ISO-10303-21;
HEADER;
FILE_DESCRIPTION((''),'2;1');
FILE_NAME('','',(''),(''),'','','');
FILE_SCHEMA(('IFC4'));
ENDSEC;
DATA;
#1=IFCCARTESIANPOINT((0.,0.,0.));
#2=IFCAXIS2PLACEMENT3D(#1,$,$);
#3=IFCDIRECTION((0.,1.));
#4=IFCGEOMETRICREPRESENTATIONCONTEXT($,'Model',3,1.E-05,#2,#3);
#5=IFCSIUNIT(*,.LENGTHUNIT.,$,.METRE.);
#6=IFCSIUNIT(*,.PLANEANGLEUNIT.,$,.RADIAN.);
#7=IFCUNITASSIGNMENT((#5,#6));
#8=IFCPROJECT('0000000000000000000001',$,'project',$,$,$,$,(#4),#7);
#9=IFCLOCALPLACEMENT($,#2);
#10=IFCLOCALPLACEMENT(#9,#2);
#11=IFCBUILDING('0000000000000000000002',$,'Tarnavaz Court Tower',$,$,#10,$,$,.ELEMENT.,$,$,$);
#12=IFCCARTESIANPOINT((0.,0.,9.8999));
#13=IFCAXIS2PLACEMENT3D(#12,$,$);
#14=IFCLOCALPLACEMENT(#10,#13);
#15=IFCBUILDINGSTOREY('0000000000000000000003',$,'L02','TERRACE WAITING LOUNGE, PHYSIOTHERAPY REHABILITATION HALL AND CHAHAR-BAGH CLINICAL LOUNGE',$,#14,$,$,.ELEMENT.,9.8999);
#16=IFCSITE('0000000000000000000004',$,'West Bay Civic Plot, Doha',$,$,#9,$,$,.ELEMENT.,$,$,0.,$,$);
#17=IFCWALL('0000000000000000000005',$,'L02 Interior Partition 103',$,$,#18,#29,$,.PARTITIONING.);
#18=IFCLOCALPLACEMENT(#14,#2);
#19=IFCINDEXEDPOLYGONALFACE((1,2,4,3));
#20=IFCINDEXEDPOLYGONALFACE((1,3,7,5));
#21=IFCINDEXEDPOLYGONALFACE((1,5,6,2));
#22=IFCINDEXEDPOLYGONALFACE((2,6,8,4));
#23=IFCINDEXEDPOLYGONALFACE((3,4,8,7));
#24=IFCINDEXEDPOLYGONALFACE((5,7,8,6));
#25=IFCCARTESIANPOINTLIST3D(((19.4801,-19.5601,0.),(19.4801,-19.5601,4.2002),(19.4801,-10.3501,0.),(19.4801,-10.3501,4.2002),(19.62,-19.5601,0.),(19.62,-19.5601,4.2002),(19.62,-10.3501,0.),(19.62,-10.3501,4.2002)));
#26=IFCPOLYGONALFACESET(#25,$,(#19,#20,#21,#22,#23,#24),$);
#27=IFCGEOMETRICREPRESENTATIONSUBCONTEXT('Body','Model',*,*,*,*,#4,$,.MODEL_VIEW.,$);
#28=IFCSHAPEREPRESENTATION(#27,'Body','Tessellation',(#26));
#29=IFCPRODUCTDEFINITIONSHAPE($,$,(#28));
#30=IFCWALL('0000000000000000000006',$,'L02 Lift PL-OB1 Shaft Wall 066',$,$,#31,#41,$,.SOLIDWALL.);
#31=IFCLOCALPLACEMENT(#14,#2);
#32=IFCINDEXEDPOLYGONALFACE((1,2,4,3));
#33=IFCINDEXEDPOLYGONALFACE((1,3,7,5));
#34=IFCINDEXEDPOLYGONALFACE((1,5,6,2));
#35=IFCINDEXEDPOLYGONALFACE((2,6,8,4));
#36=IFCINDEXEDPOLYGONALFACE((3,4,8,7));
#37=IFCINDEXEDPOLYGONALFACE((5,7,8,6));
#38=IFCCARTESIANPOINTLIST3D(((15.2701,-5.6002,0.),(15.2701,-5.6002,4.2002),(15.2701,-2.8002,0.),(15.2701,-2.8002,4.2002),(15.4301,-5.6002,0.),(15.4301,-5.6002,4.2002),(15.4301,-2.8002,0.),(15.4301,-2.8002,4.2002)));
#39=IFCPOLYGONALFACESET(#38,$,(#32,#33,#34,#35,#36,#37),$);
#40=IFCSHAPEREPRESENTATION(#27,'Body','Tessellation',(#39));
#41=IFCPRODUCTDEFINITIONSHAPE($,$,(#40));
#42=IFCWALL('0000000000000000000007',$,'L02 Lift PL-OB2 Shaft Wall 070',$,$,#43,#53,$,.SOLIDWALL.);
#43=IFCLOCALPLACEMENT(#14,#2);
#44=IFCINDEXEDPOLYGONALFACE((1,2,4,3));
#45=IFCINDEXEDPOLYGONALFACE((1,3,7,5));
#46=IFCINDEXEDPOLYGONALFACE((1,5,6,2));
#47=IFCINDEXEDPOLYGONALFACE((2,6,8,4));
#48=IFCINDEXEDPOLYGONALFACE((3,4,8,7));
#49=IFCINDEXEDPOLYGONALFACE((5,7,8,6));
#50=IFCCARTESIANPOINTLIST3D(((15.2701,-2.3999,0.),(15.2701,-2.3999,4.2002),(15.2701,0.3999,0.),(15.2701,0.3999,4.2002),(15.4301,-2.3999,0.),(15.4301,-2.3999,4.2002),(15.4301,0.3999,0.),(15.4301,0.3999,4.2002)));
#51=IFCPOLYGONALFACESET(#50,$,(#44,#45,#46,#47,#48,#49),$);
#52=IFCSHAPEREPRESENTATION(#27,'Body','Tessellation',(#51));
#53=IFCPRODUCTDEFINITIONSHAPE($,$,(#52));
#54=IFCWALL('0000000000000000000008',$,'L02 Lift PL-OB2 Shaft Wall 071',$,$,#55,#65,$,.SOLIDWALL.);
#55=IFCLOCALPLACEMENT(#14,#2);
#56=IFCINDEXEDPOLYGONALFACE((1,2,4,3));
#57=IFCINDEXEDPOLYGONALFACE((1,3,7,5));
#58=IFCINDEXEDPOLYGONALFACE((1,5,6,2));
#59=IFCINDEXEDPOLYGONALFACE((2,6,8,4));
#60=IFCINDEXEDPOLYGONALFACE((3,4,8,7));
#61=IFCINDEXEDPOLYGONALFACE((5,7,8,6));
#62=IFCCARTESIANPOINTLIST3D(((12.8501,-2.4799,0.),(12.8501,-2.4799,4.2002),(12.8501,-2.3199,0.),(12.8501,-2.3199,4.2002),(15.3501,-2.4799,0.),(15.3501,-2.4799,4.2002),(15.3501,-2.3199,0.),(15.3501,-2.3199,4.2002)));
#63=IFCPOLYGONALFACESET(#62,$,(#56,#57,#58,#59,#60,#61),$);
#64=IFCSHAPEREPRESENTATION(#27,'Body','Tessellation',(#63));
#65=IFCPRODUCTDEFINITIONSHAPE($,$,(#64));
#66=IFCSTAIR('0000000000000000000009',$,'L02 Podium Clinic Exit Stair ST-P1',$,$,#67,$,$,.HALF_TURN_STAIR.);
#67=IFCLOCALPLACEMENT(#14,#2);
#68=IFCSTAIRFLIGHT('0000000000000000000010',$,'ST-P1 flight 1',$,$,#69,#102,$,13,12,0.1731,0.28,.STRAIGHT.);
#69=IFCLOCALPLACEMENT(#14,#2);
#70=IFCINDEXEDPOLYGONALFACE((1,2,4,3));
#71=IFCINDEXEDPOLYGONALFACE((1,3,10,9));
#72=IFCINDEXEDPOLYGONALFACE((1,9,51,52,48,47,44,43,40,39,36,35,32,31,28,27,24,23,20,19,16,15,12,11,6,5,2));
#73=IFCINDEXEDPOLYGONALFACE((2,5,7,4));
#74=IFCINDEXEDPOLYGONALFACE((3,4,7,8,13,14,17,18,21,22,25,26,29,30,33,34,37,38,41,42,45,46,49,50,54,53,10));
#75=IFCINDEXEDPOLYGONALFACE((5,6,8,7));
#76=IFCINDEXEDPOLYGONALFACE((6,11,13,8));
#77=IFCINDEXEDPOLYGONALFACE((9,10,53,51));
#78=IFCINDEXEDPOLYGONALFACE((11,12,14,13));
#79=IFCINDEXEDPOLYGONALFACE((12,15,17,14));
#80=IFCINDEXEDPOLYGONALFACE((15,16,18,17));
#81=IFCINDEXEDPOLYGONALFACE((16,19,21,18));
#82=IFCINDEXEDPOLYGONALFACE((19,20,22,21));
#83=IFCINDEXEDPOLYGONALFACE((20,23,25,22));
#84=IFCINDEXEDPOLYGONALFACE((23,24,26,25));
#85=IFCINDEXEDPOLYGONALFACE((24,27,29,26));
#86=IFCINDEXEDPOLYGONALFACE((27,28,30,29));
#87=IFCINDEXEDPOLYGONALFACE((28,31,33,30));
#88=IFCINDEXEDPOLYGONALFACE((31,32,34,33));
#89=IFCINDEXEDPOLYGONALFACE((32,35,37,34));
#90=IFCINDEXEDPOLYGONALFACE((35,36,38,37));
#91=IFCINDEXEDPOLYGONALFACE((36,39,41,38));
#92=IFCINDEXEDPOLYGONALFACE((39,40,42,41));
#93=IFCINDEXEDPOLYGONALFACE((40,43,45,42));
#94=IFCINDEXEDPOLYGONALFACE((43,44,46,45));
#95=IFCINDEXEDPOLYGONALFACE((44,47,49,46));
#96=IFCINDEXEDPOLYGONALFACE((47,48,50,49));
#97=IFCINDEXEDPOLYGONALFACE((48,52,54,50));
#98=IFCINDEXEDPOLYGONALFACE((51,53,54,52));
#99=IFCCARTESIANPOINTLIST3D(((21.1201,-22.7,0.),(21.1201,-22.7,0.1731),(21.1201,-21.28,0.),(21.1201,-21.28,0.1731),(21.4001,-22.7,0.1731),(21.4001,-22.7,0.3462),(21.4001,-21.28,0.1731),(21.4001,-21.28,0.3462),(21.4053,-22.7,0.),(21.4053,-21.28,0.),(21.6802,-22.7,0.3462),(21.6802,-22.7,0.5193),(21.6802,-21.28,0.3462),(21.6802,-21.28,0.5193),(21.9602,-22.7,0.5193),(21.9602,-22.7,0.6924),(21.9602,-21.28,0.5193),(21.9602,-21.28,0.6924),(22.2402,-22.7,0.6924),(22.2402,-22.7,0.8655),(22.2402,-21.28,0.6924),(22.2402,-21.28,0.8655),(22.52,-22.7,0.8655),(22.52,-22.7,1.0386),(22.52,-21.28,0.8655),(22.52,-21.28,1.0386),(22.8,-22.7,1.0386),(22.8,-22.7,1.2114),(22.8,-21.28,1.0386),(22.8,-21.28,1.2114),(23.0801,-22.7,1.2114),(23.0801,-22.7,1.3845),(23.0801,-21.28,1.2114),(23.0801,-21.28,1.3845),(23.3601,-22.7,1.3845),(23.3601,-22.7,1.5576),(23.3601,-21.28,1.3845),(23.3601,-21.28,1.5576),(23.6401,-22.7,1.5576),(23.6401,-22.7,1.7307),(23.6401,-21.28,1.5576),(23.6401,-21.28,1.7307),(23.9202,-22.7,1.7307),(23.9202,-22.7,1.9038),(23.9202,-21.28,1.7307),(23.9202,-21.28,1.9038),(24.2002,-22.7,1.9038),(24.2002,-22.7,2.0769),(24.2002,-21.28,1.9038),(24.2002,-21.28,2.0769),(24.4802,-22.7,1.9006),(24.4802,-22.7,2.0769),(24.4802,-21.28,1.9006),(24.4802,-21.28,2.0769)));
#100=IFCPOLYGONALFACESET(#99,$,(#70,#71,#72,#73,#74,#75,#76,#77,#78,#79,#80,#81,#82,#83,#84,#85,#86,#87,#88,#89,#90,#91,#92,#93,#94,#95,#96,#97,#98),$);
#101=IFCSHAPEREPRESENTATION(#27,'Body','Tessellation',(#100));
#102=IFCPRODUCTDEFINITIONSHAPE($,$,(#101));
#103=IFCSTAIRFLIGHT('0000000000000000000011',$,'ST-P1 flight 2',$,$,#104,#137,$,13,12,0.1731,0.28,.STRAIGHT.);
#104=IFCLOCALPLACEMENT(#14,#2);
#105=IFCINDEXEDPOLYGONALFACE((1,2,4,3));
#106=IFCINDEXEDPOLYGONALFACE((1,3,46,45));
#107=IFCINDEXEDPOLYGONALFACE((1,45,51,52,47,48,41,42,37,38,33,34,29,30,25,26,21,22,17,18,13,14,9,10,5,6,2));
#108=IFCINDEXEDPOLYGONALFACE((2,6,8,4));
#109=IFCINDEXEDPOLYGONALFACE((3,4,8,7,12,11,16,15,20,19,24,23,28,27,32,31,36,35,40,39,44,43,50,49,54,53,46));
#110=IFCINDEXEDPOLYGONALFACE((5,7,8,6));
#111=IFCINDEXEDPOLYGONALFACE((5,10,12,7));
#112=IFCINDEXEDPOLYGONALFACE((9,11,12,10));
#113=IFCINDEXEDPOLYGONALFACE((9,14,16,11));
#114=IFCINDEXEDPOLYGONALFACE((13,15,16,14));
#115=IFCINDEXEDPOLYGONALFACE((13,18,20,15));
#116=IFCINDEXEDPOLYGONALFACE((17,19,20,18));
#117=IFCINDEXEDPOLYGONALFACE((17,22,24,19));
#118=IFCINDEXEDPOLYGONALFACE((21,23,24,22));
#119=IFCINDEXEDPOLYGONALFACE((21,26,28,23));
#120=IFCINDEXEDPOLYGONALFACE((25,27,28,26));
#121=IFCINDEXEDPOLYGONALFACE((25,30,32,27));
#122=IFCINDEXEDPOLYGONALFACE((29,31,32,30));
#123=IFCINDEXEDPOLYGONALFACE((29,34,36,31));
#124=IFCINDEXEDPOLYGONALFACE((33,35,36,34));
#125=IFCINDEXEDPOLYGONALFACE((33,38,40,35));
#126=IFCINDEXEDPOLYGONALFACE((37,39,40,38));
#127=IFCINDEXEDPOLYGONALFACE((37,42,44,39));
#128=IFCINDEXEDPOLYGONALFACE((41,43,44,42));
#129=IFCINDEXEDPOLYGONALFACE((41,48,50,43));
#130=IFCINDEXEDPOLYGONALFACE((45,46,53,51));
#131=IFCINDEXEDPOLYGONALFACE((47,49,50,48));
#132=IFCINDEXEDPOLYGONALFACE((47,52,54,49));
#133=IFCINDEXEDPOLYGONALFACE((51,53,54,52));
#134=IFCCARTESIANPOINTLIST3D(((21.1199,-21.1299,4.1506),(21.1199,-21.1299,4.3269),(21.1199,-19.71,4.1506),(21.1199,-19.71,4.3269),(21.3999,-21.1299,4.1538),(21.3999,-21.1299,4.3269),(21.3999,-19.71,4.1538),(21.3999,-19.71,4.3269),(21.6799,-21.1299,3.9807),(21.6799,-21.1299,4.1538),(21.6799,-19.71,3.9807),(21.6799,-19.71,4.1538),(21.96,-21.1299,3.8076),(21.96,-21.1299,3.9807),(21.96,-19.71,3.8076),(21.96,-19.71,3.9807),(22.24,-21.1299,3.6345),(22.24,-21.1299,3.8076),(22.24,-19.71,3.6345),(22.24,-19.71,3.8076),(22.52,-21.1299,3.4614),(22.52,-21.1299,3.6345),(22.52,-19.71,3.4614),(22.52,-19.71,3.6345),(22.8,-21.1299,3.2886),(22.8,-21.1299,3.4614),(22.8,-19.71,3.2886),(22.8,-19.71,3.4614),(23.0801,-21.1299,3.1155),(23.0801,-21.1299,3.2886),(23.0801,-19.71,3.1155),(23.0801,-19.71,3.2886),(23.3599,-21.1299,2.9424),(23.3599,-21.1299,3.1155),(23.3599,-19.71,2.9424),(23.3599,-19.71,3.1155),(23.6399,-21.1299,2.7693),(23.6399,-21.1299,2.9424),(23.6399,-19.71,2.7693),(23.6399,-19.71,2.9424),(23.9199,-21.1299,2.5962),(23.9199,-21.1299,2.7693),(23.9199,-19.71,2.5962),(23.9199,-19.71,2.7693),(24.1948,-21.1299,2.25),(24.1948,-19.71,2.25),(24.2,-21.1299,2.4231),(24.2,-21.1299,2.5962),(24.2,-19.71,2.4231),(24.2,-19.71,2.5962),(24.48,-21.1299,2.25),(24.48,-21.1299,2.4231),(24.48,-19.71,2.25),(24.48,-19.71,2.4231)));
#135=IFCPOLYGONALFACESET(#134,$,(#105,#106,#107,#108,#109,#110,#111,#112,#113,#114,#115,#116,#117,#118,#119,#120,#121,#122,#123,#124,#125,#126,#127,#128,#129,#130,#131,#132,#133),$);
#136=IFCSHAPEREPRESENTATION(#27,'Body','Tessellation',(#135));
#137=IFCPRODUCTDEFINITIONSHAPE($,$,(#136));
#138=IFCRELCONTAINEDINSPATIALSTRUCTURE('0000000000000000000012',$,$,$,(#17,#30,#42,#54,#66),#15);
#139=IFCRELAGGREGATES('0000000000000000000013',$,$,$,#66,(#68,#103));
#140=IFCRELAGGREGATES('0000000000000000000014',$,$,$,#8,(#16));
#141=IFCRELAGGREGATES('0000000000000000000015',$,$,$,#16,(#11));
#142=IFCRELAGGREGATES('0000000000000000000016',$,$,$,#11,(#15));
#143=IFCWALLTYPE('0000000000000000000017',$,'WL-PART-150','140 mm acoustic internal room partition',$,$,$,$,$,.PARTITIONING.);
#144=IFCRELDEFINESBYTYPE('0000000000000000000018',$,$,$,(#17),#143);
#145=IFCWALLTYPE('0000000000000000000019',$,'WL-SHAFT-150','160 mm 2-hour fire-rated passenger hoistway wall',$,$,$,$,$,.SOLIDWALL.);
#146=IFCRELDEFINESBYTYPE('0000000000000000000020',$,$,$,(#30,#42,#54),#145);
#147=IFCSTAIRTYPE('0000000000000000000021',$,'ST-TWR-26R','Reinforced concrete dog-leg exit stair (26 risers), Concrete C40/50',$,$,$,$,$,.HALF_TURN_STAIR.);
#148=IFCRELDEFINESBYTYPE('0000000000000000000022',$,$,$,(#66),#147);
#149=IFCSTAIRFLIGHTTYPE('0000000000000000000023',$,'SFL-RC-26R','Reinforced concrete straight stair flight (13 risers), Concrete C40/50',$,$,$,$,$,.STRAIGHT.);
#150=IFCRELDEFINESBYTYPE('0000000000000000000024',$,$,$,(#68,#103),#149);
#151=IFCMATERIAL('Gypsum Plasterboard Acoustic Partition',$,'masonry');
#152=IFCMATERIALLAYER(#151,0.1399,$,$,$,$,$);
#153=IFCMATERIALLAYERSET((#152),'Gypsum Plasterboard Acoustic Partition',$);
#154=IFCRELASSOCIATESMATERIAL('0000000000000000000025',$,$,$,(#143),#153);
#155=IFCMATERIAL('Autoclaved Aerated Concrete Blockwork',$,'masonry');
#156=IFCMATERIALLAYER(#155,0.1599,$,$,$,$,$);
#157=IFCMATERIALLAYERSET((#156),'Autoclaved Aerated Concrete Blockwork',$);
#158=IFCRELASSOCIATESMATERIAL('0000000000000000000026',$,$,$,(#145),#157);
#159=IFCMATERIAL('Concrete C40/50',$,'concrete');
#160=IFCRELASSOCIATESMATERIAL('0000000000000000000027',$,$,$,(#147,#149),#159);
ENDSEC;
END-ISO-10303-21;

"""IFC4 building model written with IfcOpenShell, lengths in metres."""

from ifc_helpers import new_model, si_unit, direction, frame, frame_2d, origin, place, context, subcontext, project, spatial, polyline, rectangle, outline, extrude, material, layer, layer_set, type_object, element, aggregate, save


model = new_model("IFC4")

# Units and contexts
model_context = context("Model", 3, precision=1e-05, world=origin(), true_north=direction((0.0, 1.0)))
body_context = subcontext(model_context, "Body", "Model", "MODEL_VIEW")
ifc_project = project(units=[si_unit("LENGTHUNIT", "METRE"), si_unit("PLANEANGLEUNIT", "RADIAN")], contexts=[model_context])

# Site, building, storey
site_placement = place(None, origin())
site = spatial("IfcSite", under=ifc_project, at=site_placement, Name="West Bay Civic Plot, Doha", CompositionType="ELEMENT", RefElevation=0.0)
building_placement = place(site_placement, origin())
building = spatial("IfcBuilding", under=site, at=building_placement, Name="Tarnavaz Court Tower", CompositionType="ELEMENT")
storey_placement = place(building_placement, frame((0.0, 0.0, 9.8999)))
storey = spatial("IfcBuildingStorey", under=building, at=storey_placement, Name="L02", Description="TERRACE WAITING LOUNGE, PHYSIOTHERAPY REHABILITATION HALL AND CHAHAR-BAGH CLINICAL LOUNGE", CompositionType="ELEMENT", Elevation=9.8999)

# Shared definitions
ifc_material_1 = material(Name="Gypsum Plasterboard Acoustic Partition", Category="masonry")
ifc_layer_1 = layer(ifc_material_1, 0.1399)
ifc_layer_set_1 = layer_set([ifc_layer_1], Name="Gypsum Plasterboard Acoustic Partition")
wall_type_1 = type_object("IfcWallType", Name="WL-PART-150", Description="140 mm acoustic internal room partition", PredefinedType="PARTITIONING", material=ifc_layer_set_1)

# Walls
wall_1_placement = place(storey_placement, frame((19.55, -19.5601, 0.0), z_axis=(0.0, 0.0, 1.0), x_axis=(0.0, 1.0, 0.0)))
element("IfcWall", 1, at=wall_1_placement, inside=storey, type_object=wall_type_1, Name="L02 Interior Partition 103", PredefinedType="PARTITIONING", context=body_context, shape_type="SweptSolid", body=[
    extrude(rectangle(XDim=9.21, YDim=0.1399, at=frame_2d((4.605, 0.0))), origin(), (0.0, 0.0, 1.0), 4.2002),
])
ifc_material_2 = material(Name="Autoclaved Aerated Concrete Blockwork", Category="masonry")
ifc_layer_2 = layer(ifc_material_2, 0.1599)
ifc_layer_set_2 = layer_set([ifc_layer_2], Name="Autoclaved Aerated Concrete Blockwork")
wall_type_2 = type_object("IfcWallType", Name="WL-SHAFT-150", Description="160 mm 2-hour fire-rated passenger hoistway wall", PredefinedType="SOLIDWALL", material=ifc_layer_set_2)
wall_2_placement = place(storey_placement, frame((15.3501, -5.6001, 0.0), z_axis=(0.0, 0.0, 1.0), x_axis=(0.0, 1.0, 0.0)))
element("IfcWall", 2, at=wall_2_placement, inside=storey, type_object=wall_type_2, Name="L02 Lift PL-OB1 Shaft Wall 066", PredefinedType="SOLIDWALL", context=body_context, shape_type="SweptSolid", body=[
    extrude(rectangle(XDim=2.8, YDim=0.1599, at=frame_2d((1.3999, 0.0))), origin(), (0.0, 0.0, 1.0), 4.2002),
])
wall_3_placement = place(storey_placement, frame((15.3501, -2.3999, 0.0), z_axis=(0.0, 0.0, 1.0), x_axis=(0.0, 1.0, 0.0)))
element("IfcWall", 3, at=wall_3_placement, inside=storey, type_object=wall_type_2, Name="L02 Lift PL-OB2 Shaft Wall 070", PredefinedType="SOLIDWALL", context=body_context, shape_type="SweptSolid", body=[
    extrude(rectangle(XDim=2.7998, YDim=0.1599, at=frame_2d((1.3999, 0.0))), origin(), (0.0, 0.0, 1.0), 4.2002),
])
wall_4_placement = place(storey_placement, frame((12.8501, -2.3999, 0.0), z_axis=(0.0, 0.0, 1.0), x_axis=(1.0, 0.0, 0.0)))
element("IfcWall", 4, at=wall_4_placement, inside=storey, type_object=wall_type_2, Name="L02 Lift PL-OB2 Shaft Wall 071", PredefinedType="SOLIDWALL", context=body_context, shape_type="SweptSolid", body=[
    extrude(rectangle(XDim=2.5, YDim=0.1599, at=frame_2d((1.25, 0.0))), origin(), (0.0, 0.0, 1.0), 4.2002),
])

# Stair, stair flights
ifc_material_3 = material(Name="Concrete C40/50", Category="concrete")
stair_type = type_object("IfcStairType", Name="ST-TWR-26R", Description="Reinforced concrete dog-leg exit stair (26 risers), Concrete C40/50", PredefinedType="HALF_TURN_STAIR", material=ifc_material_3)
stair_placement = place(storey_placement, origin())
stair = element("IfcStair", 5, at=stair_placement, inside=storey, type_object=stair_type, Name="L02 Podium Clinic Exit Stair ST-P1", PredefinedType="HALF_TURN_STAIR")
stair_flight_type = type_object("IfcStairFlightType", Name="SFL-RC-26R", Description="Reinforced concrete straight stair flight (13 risers), Concrete C40/50", PredefinedType="STRAIGHT", material=ifc_material_3)
stair_flight_1_placement = place(storey_placement, frame((21.1201, -21.99, 0.0), z_axis=(0.0, 0.0, 1.0), x_axis=(1.0, 0.0, 0.0)))
stair_flight_1 = element("IfcStairFlight", 6, at=stair_flight_1_placement, type_object=stair_flight_type, Name="ST-P1 flight 1", NumberOfRisers=13, NumberOfTreads=12, PredefinedType="STRAIGHT", RiserHeight=0.1731, TreadLength=0.28, context=body_context, shape_type="SweptSolid", body=[
    extrude(outline(polyline([(0.0, 0.0), (0.0, 0.1731), (0.28, 0.1731), (0.28, 0.3462), (0.5601, 0.3462), (0.5601, 0.5193), (0.8401, 0.5193), (0.8401, 0.6924), (1.1201, 0.6924), (1.1201, 0.8655), (1.3999, 0.8655), (1.3999, 1.0386), (1.6799, 1.0386), (1.6799, 1.2114), (1.96, 1.2114), (1.96, 1.3845), (2.24, 1.3845), (2.24, 1.5576), (2.52, 1.5576), (2.52, 1.7307), (2.8, 1.7307), (2.8, 1.9038), (3.0801, 1.9038), (3.0801, 2.0769), (3.3601, 2.0769), (3.3601, 2.25), (3.3601, 1.9006), (0.2852, 0.0), (0.0, 0.0)])), frame((0.0, 0.71, 0.0), z_axis=(0.0, -1.0, 0.0), x_axis=(1.0, 0.0, 0.0)), (0.0, 0.0, 1.0), 1.4199),
])
stair_flight_2_placement = place(storey_placement, frame((24.48, -20.4199, 2.25), z_axis=(0.0, 0.0, 1.0), x_axis=(-1.0, 0.0, 0.0)))
stair_flight_2 = element("IfcStairFlight", 7, at=stair_flight_2_placement, type_object=stair_flight_type, Name="ST-P1 flight 2", NumberOfRisers=13, NumberOfTreads=12, PredefinedType="STRAIGHT", RiserHeight=0.1731, TreadLength=0.28, context=body_context, shape_type="SweptSolid", body=[
    extrude(outline(polyline([(0.0, 0.0), (0.0, 0.1731), (0.28, 0.1731), (0.28, 0.3462), (0.5601, 0.3462), (0.5601, 0.5193), (0.8401, 0.5193), (0.8401, 0.6924), (1.1201, 0.6924), (1.1201, 0.8655), (1.3999, 0.8655), (1.3999, 1.0386), (1.6799, 1.0386), (1.6799, 1.2114), (1.96, 1.2114), (1.96, 1.3845), (2.24, 1.3845), (2.24, 1.5576), (2.52, 1.5576), (2.52, 1.7307), (2.8, 1.7307), (2.8, 1.9038), (3.0801, 1.9038), (3.0801, 2.0769), (3.3601, 2.0769), (3.3601, 2.25), (3.3601, 1.9006), (0.2852, 0.0), (0.0, 0.0)])), frame((0.0, 0.71, 0.0), z_axis=(0.0, -1.0, 0.0), x_axis=(1.0, 0.0, 0.0)), (0.0, 0.0, 1.0), 1.4199),
])
aggregate(stair, [stair_flight_1, stair_flight_2])

save(model, "model.ifc")
